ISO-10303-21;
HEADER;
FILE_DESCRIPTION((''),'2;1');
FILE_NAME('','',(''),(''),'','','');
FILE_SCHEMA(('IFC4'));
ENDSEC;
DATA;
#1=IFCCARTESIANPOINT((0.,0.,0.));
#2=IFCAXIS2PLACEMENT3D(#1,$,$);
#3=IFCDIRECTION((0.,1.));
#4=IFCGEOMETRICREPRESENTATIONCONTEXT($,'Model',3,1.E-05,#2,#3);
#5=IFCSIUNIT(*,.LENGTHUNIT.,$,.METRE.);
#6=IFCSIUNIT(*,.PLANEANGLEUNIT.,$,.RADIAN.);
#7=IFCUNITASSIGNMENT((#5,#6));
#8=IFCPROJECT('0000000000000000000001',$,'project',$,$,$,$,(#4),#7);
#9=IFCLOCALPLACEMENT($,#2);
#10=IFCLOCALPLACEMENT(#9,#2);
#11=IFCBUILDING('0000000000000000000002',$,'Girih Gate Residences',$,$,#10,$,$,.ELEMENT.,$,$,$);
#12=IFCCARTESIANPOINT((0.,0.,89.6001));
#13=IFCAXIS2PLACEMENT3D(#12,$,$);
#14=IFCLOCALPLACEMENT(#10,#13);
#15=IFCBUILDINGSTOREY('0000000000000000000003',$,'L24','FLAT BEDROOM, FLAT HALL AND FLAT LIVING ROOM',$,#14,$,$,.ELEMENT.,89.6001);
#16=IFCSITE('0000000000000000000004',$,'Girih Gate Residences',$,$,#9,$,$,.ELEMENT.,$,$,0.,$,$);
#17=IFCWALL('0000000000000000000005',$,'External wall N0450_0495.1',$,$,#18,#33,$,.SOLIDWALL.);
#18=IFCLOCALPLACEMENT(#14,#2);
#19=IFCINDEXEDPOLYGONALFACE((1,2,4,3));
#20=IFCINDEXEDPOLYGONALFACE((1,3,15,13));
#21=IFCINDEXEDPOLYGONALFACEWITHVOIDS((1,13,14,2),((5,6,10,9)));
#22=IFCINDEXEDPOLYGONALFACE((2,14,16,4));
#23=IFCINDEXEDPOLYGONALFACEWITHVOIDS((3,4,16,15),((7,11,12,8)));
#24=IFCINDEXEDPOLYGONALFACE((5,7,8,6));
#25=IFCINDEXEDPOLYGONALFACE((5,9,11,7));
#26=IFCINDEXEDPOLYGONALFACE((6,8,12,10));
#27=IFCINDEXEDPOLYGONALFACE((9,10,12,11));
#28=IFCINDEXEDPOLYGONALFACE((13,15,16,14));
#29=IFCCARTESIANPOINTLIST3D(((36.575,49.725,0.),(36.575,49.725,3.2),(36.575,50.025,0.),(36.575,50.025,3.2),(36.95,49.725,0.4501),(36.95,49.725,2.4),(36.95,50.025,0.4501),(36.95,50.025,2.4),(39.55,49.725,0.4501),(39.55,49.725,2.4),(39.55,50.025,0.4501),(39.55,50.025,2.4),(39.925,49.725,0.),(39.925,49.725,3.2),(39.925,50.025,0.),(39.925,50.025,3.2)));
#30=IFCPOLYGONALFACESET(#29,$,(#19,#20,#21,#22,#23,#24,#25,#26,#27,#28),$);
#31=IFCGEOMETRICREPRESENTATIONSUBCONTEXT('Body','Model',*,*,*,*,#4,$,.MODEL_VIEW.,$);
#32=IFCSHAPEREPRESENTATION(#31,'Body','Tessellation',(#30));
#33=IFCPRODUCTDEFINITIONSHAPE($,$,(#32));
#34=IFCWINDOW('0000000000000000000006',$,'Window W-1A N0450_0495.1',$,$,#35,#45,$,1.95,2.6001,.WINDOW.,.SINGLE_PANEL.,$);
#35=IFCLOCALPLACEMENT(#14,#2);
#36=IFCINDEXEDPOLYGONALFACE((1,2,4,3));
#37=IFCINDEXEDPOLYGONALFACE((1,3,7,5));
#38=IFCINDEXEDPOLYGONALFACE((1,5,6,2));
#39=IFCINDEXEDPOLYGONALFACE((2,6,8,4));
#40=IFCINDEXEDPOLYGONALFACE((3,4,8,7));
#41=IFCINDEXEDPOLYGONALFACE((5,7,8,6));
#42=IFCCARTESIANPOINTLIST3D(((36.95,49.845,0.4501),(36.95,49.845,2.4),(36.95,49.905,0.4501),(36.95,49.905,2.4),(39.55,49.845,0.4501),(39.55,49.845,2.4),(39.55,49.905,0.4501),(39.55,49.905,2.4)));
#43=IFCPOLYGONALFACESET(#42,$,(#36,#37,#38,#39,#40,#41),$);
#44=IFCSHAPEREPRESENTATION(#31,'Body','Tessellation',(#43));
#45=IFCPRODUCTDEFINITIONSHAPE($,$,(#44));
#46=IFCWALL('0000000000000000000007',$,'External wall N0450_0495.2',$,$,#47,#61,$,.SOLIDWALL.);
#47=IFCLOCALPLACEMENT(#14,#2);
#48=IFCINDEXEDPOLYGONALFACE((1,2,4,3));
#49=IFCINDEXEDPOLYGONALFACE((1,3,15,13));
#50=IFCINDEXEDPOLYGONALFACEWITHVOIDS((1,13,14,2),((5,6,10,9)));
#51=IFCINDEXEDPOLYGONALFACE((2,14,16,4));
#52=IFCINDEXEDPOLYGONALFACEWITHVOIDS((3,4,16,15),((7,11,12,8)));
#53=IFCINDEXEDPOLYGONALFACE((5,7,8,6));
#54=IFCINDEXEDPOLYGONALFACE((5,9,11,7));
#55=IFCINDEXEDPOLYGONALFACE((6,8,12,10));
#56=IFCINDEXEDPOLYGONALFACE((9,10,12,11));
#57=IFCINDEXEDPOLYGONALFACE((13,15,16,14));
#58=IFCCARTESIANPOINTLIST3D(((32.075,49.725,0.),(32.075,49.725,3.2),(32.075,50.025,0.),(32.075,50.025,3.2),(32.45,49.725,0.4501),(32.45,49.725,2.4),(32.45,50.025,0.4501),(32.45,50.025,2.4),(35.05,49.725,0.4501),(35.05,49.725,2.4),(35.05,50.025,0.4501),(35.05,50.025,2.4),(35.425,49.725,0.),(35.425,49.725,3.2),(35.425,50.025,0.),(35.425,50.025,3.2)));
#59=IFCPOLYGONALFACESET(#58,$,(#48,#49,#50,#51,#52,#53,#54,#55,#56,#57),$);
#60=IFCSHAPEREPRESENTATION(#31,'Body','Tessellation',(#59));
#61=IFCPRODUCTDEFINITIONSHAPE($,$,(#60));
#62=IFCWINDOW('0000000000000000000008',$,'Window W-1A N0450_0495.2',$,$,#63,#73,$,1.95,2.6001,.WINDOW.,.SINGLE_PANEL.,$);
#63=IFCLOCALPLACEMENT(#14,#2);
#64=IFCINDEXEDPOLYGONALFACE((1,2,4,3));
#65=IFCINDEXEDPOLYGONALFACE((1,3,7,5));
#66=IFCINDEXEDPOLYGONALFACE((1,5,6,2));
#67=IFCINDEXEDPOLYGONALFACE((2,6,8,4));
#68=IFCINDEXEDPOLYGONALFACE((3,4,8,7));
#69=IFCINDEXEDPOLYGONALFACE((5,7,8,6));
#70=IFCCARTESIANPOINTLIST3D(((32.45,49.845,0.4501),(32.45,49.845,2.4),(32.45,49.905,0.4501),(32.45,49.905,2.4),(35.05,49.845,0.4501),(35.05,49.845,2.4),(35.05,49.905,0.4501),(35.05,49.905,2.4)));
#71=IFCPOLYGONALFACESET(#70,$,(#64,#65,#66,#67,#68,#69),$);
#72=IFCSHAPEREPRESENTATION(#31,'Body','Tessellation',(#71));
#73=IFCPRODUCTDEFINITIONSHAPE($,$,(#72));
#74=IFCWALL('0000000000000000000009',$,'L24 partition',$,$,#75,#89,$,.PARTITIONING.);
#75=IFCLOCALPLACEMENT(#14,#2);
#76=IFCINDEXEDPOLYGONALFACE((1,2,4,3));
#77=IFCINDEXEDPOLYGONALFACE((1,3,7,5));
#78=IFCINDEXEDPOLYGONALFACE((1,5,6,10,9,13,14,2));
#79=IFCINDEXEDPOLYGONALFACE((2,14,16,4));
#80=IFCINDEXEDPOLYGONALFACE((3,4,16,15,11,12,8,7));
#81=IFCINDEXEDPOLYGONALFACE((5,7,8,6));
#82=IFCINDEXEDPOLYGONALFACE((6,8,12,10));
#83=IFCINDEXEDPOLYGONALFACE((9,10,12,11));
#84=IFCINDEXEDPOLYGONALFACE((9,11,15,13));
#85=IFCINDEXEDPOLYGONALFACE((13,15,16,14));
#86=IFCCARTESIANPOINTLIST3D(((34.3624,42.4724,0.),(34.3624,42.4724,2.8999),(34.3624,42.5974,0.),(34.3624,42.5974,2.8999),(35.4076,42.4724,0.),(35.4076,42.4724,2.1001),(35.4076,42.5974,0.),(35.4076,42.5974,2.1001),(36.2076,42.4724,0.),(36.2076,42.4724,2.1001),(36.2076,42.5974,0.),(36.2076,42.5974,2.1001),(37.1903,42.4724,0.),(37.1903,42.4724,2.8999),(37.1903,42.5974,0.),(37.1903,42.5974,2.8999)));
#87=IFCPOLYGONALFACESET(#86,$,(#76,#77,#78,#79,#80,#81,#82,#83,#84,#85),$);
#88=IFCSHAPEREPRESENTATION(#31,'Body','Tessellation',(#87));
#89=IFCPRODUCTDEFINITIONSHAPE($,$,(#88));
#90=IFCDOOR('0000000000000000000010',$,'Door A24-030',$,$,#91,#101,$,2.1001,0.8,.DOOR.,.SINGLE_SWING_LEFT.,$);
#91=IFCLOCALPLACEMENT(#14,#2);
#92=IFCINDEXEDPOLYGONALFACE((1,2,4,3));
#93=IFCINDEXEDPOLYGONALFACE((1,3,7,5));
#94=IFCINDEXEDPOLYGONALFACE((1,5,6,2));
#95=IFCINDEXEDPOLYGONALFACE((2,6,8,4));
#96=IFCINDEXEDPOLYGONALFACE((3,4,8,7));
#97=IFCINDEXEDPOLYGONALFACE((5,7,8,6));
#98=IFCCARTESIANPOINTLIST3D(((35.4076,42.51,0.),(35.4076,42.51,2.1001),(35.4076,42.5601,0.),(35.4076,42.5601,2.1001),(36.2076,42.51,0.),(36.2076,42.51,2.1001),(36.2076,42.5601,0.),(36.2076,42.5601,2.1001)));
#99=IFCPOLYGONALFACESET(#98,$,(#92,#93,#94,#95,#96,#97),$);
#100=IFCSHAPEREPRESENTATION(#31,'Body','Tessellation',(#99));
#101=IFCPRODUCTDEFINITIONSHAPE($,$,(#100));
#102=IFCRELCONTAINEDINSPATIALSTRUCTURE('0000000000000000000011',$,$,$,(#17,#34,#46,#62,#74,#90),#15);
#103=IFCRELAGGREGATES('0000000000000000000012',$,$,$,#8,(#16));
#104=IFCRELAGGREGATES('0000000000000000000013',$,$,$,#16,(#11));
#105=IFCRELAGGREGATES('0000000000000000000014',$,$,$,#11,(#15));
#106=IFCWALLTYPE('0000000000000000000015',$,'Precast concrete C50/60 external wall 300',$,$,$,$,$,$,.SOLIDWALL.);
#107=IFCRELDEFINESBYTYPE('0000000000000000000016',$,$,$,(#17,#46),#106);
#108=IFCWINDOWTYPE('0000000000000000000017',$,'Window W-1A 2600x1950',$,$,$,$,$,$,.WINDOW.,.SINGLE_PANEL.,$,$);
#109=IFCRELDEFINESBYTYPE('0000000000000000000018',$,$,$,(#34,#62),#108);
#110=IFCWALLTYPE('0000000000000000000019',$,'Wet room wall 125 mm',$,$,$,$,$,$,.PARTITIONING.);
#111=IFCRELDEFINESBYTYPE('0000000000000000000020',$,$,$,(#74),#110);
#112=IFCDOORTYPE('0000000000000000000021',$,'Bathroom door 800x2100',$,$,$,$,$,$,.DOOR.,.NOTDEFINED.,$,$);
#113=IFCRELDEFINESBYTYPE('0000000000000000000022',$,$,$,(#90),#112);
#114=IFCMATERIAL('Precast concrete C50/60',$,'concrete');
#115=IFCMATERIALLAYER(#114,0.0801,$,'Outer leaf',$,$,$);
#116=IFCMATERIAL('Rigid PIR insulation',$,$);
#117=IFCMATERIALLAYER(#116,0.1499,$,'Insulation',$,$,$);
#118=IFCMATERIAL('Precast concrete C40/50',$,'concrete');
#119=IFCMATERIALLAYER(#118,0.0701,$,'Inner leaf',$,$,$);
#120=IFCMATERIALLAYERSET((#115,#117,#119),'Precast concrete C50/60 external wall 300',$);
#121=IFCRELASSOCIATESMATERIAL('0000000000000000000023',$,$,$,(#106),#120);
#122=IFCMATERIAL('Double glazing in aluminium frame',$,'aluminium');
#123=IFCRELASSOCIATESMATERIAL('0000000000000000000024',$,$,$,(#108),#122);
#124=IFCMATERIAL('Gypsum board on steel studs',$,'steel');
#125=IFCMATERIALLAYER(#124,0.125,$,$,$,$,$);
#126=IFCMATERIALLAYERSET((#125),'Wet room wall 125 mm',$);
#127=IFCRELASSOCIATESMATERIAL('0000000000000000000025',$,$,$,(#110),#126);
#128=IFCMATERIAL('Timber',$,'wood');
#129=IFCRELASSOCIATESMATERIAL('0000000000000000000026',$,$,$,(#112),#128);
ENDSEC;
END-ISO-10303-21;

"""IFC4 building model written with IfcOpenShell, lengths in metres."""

from ifc_helpers import new_model, si_unit, direction, frame, frame_2d, origin, place, context, subcontext, project, spatial, rectangle, extrude, material, layer, layer_set, type_object, element, fill, save


model = new_model("IFC4")

# Units and contexts
model_context = context("Model", 3, precision=1e-05, world=origin(), true_north=direction((0.0, 1.0)))
body_context = subcontext(model_context, "Body", "Model", "MODEL_VIEW")
ifc_project = project(units=[si_unit("LENGTHUNIT", "METRE"), si_unit("PLANEANGLEUNIT", "RADIAN")], contexts=[model_context])

# Site, building, storey
site_placement = place(None, origin())
site = spatial("IfcSite", under=ifc_project, at=site_placement, Name="Girih Gate Residences", CompositionType="ELEMENT", RefElevation=0.0)
building_placement = place(site_placement, origin())
building = spatial("IfcBuilding", under=site, at=building_placement, Name="Girih Gate Residences", CompositionType="ELEMENT")
storey_placement = place(building_placement, frame((0.0, 0.0, 89.6001)))
storey = spatial("IfcBuildingStorey", under=building, at=storey_placement, Name="L24", Description="FLAT BEDROOM, FLAT HALL AND FLAT LIVING ROOM", CompositionType="ELEMENT", Elevation=89.6001)

# Shared definitions
ifc_material_1 = material(Name="Gypsum board on steel studs", Category="steel")
ifc_material_2 = material(Name="Timber", Category="wood")

# Walls, openings, windows
ifc_material_3 = material(Name="Precast concrete C50/60", Category="concrete")
ifc_layer_1 = layer(ifc_material_3, 0.0801, Name="Outer leaf")
ifc_material_4 = material(Name="Rigid PIR insulation")
ifc_layer_2 = layer(ifc_material_4, 0.1499, Name="Insulation")
ifc_material_5 = material(Name="Precast concrete C40/50", Category="concrete")
ifc_layer_3 = layer(ifc_material_5, 0.0701, Name="Inner leaf")
ifc_layer_set_1 = layer_set([ifc_layer_1, ifc_layer_2, ifc_layer_3], Name="Precast concrete C50/60 external wall 300")
wall_type_1 = type_object("IfcWallType", Name="Precast concrete C50/60 external wall 300", PredefinedType="SOLIDWALL", material=ifc_layer_set_1)
wall_1_placement = place(storey_placement, frame((36.575, 49.875, 0.0), z_axis=(0.0, 0.0, 1.0), x_axis=(1.0, 0.0, 0.0)))
wall_1 = element("IfcWall", 1, at=wall_1_placement, inside=storey, type_object=wall_type_1, Name="External wall N0450_0495.1", PredefinedType="SOLIDWALL", context=body_context, shape_type="SweptSolid", body=[
    extrude(rectangle(XDim=3.3501, YDim=0.3, at=frame_2d((1.675, 0.0))), origin(), (0.0, 0.0, 1.0), 3.2),
])
opening_1_placement = place(wall_1_placement, frame((0.375, 0.0, 0.45)))
opening_1 = element("IfcOpeningElement", 2, at=opening_1_placement, cuts=wall_1, PredefinedType="OPENING", context=body_context, shape_type="SweptSolid", body=[
    extrude(rectangle(XDim=2.6001, YDim=1.95, at=frame_2d((1.3, 0.9751))), frame((0.0, 0.1599, 0.0), z_axis=(0.0, -1.0, 0.0), x_axis=(1.0, 0.0, 0.0)), (0.0, 0.0, 1.0), 0.3201),
])
ifc_material_6 = material(Name="Double glazing in aluminium frame", Category="aluminium")
window_type = type_object("IfcWindowType", Name="Window W-1A 2600x1950", PartitioningType="SINGLE_PANEL", PredefinedType="WINDOW", material=ifc_material_6)
window_1_placement = place(opening_1_placement, origin())
window_1 = element("IfcWindow", 3, at=window_1_placement, inside=storey, type_object=window_type, Name="Window W-1A N0450_0495.1", OverallHeight=1.95, OverallWidth=2.6001, PartitioningType="SINGLE_PANEL", PredefinedType="WINDOW", context=body_context, shape_type="SweptSolid", body=[
    extrude(rectangle(XDim=2.6001, YDim=1.95, at=frame_2d((1.3, 0.9751))), frame((0.0, 0.03, 0.0), z_axis=(0.0, -1.0, 0.0), x_axis=(1.0, 0.0, 0.0)), (0.0, 0.0, 1.0), 0.0601),
])
fill(opening_1, window_1)
wall_2_placement = place(storey_placement, frame((32.075, 49.875, 0.0), z_axis=(0.0, 0.0, 1.0), x_axis=(1.0, 0.0, 0.0)))
wall_2 = element("IfcWall", 4, at=wall_2_placement, inside=storey, type_object=wall_type_1, Name="External wall N0450_0495.2", PredefinedType="SOLIDWALL", context=body_context, shape_type="SweptSolid", body=[
    extrude(rectangle(XDim=3.3501, YDim=0.3, at=frame_2d((1.675, 0.0))), origin(), (0.0, 0.0, 1.0), 3.2),
])
opening_2_placement = place(wall_2_placement, frame((0.375, 0.0, 0.45)))
opening_2 = element("IfcOpeningElement", 5, at=opening_2_placement, cuts=wall_2, PredefinedType="OPENING", context=body_context, shape_type="SweptSolid", body=[
    extrude(rectangle(XDim=2.6001, YDim=1.95, at=frame_2d((1.3, 0.9751))), frame((0.0, 0.1599, 0.0), z_axis=(0.0, -1.0, 0.0), x_axis=(1.0, 0.0, 0.0)), (0.0, 0.0, 1.0), 0.3201),
])
window_2_placement = place(opening_2_placement, origin())
window_2 = element("IfcWindow", 6, at=window_2_placement, inside=storey, type_object=window_type, Name="Window W-1A N0450_0495.2", OverallHeight=1.95, OverallWidth=2.6001, PartitioningType="SINGLE_PANEL", PredefinedType="WINDOW", context=body_context, shape_type="SweptSolid", body=[
    extrude(rectangle(XDim=2.6001, YDim=1.95, at=frame_2d((1.3, 0.9751))), frame((0.0, 0.03, 0.0), z_axis=(0.0, -1.0, 0.0), x_axis=(1.0, 0.0, 0.0)), (0.0, 0.0, 1.0), 0.0601),
])
fill(opening_2, window_2)

# Wall, opening, door
ifc_layer_4 = layer(ifc_material_1, 0.125)
ifc_layer_set_2 = layer_set([ifc_layer_4], Name="Wet room wall 125 mm")
wall_type_2 = type_object("IfcWallType", Name="Wet room wall 125 mm", PredefinedType="PARTITIONING", material=ifc_layer_set_2)
wall_3_placement = place(storey_placement, frame((37.1904, 42.5349, 0.0), z_axis=(0.0, 0.0, 1.0), x_axis=(-1.0, 0.0, 0.0)))
wall_3 = element("IfcWall", 7, at=wall_3_placement, inside=storey, type_object=wall_type_2, Name="L24 partition", PredefinedType="PARTITIONING", context=body_context, shape_type="SweptSolid", body=[
    extrude(rectangle(XDim=2.8279, YDim=0.125, at=frame_2d((1.4141, 0.0))), origin(), (0.0, 0.0, 1.0), 2.8999),
])
opening_3_placement = place(wall_3_placement, frame((0.9829, 0.0, 0.0)))
opening_3 = element("IfcOpeningElement", 8, at=opening_3_placement, cuts=wall_3, PredefinedType="OPENING", context=body_context, shape_type="SweptSolid", body=[
    extrude(rectangle(XDim=0.8, YDim=2.1001, at=frame_2d((0.3999, 1.05))), frame((0.0, 0.0725, 0.0), z_axis=(0.0, -1.0, 0.0), x_axis=(1.0, 0.0, 0.0)), (0.0, 0.0, 1.0), 0.145),
])
door_type_1 = type_object("IfcDoorType", Name="Bathroom door 800x2100", OperationType="NOTDEFINED", PredefinedType="DOOR", material=ifc_material_2)
door_1_placement = place(opening_3_placement, origin())
door_1 = element("IfcDoor", 9, at=door_1_placement, inside=storey, type_object=door_type_1, Name="Door A24-030", OperationType="SINGLE_SWING_LEFT", OverallHeight=2.1001, OverallWidth=0.8, PredefinedType="DOOR", context=body_context, shape_type="SweptSolid", body=[
    extrude(rectangle(XDim=0.8, YDim=2.1001, at=frame_2d((0.3999, 1.05))), frame((0.0, 0.0249, 0.0), z_axis=(0.0, -1.0, 0.0), x_axis=(1.0, 0.0, 0.0)), (0.0, 0.0, 1.0), 0.05),
])
fill(opening_3, door_1)

save(model, "model.ifc")
